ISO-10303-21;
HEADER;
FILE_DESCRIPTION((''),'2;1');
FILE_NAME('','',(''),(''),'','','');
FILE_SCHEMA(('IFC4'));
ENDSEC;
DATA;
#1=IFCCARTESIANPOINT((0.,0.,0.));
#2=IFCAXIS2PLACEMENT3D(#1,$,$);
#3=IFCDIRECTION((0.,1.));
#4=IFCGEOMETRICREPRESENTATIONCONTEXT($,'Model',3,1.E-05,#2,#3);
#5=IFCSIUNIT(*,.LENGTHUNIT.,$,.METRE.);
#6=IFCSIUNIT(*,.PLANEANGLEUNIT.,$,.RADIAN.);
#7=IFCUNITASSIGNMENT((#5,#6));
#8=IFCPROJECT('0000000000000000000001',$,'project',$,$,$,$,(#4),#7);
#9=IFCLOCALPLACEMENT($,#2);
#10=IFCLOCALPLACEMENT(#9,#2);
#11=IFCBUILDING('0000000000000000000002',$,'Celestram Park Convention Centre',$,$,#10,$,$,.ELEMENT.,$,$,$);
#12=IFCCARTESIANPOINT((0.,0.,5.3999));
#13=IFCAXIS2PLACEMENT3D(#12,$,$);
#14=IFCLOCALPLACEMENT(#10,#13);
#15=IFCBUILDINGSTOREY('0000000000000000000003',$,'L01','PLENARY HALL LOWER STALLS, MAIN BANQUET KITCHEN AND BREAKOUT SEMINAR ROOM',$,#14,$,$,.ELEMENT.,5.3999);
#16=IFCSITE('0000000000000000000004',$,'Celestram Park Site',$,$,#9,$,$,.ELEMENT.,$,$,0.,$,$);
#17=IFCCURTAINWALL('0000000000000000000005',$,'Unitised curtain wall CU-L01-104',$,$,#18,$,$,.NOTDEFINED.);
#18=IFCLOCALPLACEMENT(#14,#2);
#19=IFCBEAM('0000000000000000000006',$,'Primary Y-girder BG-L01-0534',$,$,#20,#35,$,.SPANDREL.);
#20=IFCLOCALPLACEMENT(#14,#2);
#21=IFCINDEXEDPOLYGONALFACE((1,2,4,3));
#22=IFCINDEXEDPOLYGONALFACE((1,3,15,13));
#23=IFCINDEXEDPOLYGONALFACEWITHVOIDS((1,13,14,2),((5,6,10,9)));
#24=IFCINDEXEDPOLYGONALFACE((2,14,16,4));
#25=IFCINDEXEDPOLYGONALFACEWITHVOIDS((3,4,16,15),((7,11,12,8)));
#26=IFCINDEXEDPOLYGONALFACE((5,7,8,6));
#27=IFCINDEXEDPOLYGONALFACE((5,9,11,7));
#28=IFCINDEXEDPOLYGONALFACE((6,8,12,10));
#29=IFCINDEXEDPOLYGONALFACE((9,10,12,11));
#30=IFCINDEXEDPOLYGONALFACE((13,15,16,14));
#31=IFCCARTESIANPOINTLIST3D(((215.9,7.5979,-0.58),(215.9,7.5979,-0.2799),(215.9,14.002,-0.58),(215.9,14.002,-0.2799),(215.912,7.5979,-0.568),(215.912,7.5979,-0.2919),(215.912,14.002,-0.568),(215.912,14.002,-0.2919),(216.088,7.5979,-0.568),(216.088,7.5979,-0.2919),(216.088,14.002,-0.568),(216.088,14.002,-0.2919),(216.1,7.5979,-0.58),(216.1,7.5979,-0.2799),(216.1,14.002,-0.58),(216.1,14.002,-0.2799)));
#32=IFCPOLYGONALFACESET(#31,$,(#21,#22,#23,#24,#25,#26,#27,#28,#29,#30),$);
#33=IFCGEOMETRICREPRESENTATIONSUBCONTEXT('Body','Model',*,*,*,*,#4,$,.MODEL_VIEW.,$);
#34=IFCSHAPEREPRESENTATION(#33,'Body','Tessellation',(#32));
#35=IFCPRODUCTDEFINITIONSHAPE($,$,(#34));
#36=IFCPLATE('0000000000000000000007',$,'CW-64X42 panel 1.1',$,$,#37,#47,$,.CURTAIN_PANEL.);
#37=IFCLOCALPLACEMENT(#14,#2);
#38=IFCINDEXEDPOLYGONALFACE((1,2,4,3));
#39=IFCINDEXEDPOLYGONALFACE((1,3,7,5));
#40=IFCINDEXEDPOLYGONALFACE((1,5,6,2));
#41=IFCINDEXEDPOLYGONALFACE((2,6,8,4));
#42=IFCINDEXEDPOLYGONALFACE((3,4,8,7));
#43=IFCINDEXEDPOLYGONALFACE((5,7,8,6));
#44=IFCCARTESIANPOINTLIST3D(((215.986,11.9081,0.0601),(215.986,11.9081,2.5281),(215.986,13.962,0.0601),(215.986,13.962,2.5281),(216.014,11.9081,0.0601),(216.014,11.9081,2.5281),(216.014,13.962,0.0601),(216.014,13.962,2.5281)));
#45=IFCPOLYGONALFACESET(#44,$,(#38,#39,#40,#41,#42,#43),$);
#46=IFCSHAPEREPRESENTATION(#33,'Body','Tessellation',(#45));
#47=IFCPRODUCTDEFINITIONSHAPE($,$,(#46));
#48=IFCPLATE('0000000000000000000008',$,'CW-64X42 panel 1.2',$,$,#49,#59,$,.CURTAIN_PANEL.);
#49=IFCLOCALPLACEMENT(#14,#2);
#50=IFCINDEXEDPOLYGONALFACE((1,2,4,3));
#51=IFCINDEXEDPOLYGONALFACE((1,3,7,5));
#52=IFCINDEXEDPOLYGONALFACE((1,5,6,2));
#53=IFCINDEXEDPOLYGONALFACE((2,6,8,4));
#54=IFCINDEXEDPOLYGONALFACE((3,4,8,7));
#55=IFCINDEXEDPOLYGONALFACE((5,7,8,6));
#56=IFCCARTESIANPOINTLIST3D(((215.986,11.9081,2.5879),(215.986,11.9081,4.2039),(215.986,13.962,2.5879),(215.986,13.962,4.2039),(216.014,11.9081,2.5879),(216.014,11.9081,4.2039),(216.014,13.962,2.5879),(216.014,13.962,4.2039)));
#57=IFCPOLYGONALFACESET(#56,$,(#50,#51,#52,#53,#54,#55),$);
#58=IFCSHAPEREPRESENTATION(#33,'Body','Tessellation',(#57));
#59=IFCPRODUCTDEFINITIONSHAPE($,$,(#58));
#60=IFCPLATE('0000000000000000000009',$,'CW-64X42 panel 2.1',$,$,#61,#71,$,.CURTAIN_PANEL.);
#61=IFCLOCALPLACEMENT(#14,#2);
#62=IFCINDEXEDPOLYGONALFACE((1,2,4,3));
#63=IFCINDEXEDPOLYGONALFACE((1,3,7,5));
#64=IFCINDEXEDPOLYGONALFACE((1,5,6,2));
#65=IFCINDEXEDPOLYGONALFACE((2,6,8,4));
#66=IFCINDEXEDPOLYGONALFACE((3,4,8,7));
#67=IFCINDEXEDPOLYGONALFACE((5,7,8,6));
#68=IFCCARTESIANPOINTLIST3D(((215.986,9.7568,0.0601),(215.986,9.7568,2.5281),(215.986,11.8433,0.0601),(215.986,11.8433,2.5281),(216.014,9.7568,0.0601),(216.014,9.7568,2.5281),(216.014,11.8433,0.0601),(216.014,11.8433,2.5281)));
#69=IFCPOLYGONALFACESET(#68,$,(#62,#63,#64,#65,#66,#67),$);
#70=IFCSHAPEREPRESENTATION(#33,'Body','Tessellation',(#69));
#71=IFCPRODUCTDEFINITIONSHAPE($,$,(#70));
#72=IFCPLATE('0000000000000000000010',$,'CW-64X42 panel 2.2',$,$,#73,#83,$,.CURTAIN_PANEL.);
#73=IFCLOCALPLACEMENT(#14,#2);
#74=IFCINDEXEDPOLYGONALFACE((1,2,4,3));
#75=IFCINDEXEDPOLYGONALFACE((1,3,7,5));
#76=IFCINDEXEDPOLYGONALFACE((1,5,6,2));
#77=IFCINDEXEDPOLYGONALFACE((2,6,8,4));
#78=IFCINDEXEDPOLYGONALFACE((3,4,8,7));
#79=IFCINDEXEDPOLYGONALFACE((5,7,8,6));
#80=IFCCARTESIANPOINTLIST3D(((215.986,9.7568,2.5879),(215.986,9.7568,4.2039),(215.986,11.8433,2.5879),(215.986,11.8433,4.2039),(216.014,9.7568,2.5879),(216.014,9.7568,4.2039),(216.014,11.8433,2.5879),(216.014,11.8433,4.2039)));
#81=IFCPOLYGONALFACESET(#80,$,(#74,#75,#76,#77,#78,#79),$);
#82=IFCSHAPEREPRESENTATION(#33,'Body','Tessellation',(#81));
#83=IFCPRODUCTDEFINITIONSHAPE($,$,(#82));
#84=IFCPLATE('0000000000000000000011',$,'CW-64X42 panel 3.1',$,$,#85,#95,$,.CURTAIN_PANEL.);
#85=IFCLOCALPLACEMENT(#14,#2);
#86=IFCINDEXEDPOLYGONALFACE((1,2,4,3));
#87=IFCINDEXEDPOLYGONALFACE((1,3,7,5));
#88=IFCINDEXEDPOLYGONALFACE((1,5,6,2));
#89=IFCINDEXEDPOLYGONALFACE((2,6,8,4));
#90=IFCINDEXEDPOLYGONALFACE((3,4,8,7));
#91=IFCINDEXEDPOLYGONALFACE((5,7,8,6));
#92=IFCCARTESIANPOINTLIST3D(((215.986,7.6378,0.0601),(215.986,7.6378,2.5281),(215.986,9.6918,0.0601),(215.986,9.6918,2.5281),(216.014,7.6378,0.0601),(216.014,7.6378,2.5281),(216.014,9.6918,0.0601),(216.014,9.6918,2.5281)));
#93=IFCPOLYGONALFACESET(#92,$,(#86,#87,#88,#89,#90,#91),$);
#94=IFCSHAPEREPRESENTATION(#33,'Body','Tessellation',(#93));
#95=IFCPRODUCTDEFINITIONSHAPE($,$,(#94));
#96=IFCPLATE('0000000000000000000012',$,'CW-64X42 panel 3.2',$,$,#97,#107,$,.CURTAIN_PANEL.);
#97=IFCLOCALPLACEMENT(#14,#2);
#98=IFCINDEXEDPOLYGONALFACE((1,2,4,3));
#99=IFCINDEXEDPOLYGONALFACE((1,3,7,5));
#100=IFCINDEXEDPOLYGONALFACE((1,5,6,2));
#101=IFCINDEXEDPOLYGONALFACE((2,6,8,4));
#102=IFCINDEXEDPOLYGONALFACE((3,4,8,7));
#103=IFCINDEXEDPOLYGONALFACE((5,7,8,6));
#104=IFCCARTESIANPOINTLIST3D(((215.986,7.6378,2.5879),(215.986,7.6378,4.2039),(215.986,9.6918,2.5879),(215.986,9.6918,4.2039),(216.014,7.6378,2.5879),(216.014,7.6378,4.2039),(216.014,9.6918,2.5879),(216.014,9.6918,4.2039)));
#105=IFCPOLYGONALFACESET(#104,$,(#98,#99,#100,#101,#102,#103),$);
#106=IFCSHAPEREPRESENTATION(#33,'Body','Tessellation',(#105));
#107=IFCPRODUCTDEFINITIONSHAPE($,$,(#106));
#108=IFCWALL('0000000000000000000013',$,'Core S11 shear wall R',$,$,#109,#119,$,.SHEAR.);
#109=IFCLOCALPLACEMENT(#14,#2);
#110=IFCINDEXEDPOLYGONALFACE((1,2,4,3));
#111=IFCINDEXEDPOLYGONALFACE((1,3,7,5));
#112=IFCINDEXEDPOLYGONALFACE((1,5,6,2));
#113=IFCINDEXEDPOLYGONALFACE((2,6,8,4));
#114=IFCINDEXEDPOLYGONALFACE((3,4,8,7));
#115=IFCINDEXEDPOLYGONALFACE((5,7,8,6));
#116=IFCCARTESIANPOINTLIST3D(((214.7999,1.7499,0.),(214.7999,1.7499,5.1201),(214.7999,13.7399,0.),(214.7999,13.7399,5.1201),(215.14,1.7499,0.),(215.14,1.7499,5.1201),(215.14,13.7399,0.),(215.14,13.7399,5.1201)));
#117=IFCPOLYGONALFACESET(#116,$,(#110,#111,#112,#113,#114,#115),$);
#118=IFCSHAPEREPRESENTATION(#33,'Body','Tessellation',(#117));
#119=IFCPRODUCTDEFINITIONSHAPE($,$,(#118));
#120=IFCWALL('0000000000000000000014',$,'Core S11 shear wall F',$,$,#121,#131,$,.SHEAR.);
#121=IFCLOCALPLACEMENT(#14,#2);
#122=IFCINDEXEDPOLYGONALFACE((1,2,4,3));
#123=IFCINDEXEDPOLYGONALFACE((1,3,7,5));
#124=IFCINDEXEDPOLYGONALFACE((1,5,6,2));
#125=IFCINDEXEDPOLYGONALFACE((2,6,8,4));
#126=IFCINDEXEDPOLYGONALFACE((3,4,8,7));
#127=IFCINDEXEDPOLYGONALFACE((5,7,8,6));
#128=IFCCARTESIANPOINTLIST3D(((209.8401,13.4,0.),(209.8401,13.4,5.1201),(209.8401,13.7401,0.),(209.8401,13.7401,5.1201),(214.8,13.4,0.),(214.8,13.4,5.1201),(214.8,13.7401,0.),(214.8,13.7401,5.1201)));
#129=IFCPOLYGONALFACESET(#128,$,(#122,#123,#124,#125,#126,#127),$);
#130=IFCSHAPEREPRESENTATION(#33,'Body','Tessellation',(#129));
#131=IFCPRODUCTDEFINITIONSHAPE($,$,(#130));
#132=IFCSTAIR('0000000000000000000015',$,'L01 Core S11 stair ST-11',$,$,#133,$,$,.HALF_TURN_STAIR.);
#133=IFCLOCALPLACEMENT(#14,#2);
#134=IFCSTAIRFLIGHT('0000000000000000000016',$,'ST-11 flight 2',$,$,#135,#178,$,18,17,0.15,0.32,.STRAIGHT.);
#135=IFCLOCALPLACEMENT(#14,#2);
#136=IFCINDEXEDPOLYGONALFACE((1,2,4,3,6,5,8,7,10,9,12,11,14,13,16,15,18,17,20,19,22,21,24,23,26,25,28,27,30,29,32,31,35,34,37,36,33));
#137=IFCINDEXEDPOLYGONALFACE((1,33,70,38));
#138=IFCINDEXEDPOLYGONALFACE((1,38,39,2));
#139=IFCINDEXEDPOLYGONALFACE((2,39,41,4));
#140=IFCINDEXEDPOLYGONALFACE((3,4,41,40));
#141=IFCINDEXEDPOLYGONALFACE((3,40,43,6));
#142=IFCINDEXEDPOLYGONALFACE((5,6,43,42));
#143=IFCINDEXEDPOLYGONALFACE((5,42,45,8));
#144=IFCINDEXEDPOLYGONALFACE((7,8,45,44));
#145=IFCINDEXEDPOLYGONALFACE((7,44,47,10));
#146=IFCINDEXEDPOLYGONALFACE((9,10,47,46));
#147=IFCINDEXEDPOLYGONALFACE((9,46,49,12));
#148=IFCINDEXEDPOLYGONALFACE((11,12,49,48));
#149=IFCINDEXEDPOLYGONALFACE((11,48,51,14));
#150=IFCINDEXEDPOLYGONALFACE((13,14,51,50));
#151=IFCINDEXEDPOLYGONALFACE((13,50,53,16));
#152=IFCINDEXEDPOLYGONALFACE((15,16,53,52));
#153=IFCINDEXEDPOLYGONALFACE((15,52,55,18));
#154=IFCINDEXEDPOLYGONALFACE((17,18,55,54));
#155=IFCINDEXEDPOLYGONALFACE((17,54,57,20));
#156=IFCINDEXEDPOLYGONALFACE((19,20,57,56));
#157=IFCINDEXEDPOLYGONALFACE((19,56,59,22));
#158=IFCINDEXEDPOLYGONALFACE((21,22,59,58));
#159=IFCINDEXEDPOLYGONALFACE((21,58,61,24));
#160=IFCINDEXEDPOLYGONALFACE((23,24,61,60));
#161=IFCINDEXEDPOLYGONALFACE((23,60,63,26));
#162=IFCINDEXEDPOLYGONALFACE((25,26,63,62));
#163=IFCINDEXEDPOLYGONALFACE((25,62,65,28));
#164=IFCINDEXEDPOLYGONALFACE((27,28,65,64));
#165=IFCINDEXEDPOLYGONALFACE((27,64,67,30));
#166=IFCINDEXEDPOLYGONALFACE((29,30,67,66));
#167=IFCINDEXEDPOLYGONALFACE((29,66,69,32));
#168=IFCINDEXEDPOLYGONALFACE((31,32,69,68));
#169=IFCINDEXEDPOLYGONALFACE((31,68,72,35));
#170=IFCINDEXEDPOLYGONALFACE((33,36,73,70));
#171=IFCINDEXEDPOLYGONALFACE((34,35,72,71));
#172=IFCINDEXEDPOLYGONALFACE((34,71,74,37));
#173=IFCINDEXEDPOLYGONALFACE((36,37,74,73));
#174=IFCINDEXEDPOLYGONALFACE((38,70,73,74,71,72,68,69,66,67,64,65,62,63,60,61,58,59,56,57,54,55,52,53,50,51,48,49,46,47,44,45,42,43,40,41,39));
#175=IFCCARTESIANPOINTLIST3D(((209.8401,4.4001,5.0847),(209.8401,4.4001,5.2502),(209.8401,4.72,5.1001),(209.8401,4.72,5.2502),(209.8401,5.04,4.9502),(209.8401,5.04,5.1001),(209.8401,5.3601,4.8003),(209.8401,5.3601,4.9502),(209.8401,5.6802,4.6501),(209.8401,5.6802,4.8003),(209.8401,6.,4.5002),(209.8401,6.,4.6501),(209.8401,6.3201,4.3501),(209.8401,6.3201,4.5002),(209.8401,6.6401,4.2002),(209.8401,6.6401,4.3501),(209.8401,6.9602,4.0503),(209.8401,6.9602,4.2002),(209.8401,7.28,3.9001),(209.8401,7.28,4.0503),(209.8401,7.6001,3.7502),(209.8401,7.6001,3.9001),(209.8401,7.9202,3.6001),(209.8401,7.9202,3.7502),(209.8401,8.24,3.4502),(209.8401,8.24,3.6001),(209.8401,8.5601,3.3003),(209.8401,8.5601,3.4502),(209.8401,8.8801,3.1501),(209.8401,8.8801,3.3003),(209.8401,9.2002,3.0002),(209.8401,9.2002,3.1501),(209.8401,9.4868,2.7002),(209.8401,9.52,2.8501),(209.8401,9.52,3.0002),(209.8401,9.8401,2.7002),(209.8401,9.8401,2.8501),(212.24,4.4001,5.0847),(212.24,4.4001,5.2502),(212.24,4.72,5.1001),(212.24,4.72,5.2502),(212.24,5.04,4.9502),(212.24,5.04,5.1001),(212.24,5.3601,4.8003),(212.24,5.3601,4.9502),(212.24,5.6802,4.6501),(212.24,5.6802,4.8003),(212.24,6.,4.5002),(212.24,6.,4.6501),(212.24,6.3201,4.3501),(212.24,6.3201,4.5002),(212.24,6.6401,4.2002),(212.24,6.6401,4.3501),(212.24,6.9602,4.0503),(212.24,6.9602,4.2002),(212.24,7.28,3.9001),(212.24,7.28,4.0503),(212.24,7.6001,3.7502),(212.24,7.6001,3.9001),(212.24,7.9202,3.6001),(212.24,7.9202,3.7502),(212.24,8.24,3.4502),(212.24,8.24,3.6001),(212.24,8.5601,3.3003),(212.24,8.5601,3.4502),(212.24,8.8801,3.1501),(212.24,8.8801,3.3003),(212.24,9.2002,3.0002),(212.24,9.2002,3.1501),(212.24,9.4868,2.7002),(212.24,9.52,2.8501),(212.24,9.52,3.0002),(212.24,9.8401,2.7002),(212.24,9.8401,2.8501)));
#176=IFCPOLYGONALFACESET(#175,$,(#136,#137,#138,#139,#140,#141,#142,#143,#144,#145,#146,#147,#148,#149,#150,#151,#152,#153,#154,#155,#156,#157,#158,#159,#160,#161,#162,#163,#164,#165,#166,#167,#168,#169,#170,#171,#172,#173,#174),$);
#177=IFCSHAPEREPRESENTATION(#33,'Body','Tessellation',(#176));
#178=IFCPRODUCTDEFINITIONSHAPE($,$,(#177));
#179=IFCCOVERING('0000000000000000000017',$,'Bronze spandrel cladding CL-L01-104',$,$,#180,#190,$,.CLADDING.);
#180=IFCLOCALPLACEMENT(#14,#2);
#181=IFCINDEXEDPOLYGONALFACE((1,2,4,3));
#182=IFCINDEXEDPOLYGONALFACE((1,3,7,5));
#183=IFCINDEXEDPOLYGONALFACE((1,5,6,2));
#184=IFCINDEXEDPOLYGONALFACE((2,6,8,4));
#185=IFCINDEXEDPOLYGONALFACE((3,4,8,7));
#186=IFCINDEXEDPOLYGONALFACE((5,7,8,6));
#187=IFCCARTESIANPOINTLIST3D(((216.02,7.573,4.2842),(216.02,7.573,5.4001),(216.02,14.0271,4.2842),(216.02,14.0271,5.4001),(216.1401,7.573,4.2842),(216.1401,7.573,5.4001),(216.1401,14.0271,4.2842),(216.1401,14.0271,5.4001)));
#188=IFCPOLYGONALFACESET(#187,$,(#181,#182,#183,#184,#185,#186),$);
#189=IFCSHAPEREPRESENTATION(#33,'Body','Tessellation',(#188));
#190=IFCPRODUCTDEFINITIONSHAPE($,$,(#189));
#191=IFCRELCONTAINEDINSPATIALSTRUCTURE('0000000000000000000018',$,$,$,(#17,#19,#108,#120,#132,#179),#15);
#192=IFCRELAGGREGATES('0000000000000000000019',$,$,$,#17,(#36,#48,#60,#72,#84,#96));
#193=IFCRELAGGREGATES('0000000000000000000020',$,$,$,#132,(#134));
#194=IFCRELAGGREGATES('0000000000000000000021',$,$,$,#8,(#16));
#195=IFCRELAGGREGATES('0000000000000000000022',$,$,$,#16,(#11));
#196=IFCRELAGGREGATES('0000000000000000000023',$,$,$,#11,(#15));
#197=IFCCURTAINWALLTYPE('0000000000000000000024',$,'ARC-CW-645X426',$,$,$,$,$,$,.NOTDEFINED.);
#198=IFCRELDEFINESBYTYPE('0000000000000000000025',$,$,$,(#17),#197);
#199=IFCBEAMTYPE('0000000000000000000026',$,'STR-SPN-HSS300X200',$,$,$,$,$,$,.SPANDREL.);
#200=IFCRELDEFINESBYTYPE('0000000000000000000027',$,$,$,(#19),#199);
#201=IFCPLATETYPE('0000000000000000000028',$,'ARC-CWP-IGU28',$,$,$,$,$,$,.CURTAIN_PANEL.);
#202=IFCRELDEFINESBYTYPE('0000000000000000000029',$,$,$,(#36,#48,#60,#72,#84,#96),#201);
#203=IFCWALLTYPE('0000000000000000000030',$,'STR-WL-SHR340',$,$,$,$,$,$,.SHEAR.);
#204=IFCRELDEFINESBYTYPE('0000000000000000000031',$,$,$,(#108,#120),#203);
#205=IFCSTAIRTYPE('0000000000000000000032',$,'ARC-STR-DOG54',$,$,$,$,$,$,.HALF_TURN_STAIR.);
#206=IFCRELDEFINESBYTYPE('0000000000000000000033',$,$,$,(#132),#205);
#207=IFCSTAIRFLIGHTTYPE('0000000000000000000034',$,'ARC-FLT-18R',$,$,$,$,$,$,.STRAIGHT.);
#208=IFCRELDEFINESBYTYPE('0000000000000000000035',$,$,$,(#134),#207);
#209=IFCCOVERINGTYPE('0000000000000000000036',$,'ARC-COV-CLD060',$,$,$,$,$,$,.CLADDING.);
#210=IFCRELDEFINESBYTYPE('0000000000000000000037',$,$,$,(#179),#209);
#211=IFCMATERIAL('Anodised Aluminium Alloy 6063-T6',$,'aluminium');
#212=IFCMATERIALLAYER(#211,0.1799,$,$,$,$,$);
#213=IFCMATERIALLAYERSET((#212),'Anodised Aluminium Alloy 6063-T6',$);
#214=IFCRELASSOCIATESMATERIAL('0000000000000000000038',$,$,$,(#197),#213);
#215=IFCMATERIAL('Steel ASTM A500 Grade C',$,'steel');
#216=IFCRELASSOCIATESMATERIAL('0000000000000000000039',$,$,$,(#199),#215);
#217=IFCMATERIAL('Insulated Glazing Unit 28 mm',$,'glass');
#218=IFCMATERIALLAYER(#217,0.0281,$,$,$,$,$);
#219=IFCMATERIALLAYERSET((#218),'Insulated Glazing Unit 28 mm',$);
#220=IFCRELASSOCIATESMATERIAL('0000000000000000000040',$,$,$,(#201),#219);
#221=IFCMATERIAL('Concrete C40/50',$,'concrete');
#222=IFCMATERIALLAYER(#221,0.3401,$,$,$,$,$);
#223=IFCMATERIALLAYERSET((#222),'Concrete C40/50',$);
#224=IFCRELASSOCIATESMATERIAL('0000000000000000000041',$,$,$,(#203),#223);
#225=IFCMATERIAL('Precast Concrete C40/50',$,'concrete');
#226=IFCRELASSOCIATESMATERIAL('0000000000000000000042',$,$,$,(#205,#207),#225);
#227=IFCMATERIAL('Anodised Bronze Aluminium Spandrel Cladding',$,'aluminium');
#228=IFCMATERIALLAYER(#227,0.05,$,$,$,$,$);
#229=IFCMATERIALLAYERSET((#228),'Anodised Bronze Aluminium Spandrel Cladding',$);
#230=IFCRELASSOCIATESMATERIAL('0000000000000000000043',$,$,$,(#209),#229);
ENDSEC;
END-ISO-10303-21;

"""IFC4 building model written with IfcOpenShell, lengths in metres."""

from ifc_helpers import new_model, si_unit, direction, frame, frame_2d, origin, origin_2d, place, context, subcontext, project, spatial, polyline, rectangle, hollow_rectangle, outline, extrude, material, layer, layer_set, material_profile, profile_set, type_object, element, aggregate, save


model = new_model("IFC4")

# Units and contexts
model_context = context("Model", 3, precision=1e-05, world=origin(), true_north=direction((0.0, 1.0)))
body_context = subcontext(model_context, "Body", "Model", "MODEL_VIEW")
ifc_project = project(units=[si_unit("LENGTHUNIT", "METRE"), si_unit("PLANEANGLEUNIT", "RADIAN")], contexts=[model_context])

# Site, building, storey
site_placement = place(None, origin())
site = spatial("IfcSite", under=ifc_project, at=site_placement, Name="Celestram Park Site", CompositionType="ELEMENT", RefElevation=0.0)
building_placement = place(site_placement, origin())
building = spatial("IfcBuilding", under=site, at=building_placement, Name="Celestram Park Convention Centre", CompositionType="ELEMENT")
storey_placement = place(building_placement, frame((0.0, 0.0, 5.3999)))
storey = spatial("IfcBuildingStorey", under=building, at=storey_placement, Name="L01", Description="PLENARY HALL LOWER STALLS, MAIN BANQUET KITCHEN AND BREAKOUT SEMINAR ROOM", CompositionType="ELEMENT", Elevation=5.3999)

# Shared definitions
ifc_material_1 = material(Name="Concrete C40/50", Category="concrete")

# Curtain wall
ifc_material_2 = material(Name="Anodised Aluminium Alloy 6063-T6", Category="aluminium")
ifc_layer_1 = layer(ifc_material_2, 0.1799)
ifc_layer_set_1 = layer_set([ifc_layer_1], Name="Anodised Aluminium Alloy 6063-T6")
curtain_wall_type_1 = type_object("IfcCurtainWallType", Name="ARC-CW-645X426", PredefinedType="NOTDEFINED", material=ifc_layer_set_1)
curtain_wall_1_placement = place(storey_placement, origin())
curtain_wall_1 = element("IfcCurtainWall", 1, at=curtain_wall_1_placement, inside=storey, type_object=curtain_wall_type_1, Name="Unitised curtain wall CU-L01-104", PredefinedType="NOTDEFINED")

# Beam
ifc_material_3 = material(Name="Steel ASTM A500 Grade C", Category="steel")
ifc_material_profile_1 = material_profile(ifc_material_3, hollow_rectangle(XDim=0.2, YDim=0.3, WallThickness=0.012, at=origin_2d()), Name="HSS300X200X12")
ifc_profile_set_1 = profile_set([ifc_material_profile_1], Name="Steel ASTM A500 Grade C")
beam_type = type_object("IfcBeamType", Name="STR-SPN-HSS300X200", PredefinedType="SPANDREL", material=ifc_profile_set_1)
beam_placement = place(storey_placement, frame((216.0, 7.5979, -0.4299), z_axis=(0.0, 1.0, 0.0), x_axis=(-1.0, 0.0, 0.0)))
element("IfcBeam", 2, at=beam_placement, inside=storey, type_object=beam_type, Name="Primary Y-girder BG-L01-0534", PredefinedType="SPANDREL", context=body_context, shape_type="SweptSolid", body=[
    extrude(hollow_rectangle(XDim=0.2, YDim=0.3, WallThickness=0.012, at=origin_2d()), origin(), (0.0, 0.0, 1.0), 6.4041),
])

# Plates
ifc_material_4 = material(Name="Insulated Glazing Unit 28 mm", Category="glass")
ifc_layer_2 = layer(ifc_material_4, 0.0281)
ifc_layer_set_2 = layer_set([ifc_layer_2], Name="Insulated Glazing Unit 28 mm")
plate_type = type_object("IfcPlateType", Name="ARC-CWP-IGU28", PredefinedType="CURTAIN_PANEL", material=ifc_layer_set_2)
plate_1_placement = place(storey_placement, frame((216.0, 12.9351, 0.0601), z_axis=(0.0, 0.0, 1.0), x_axis=(0.0, -1.0, 0.0)))
plate_1 = element("IfcPlate", 3, at=plate_1_placement, type_object=plate_type, Name="CW-64X42 panel 1.1", PredefinedType="CURTAIN_PANEL", context=body_context, shape_type="SweptSolid", body=[
    extrude(rectangle(XDim=2.054, YDim=0.0281, at=origin_2d()), origin(), (0.0, 0.0, 1.0), 2.468),
])
plate_2_placement = place(storey_placement, frame((216.0, 12.9351, 2.5879), z_axis=(0.0, 0.0, 1.0), x_axis=(0.0, -1.0, 0.0)))
plate_2 = element("IfcPlate", 4, at=plate_2_placement, type_object=plate_type, Name="CW-64X42 panel 1.2", PredefinedType="CURTAIN_PANEL", context=body_context, shape_type="SweptSolid", body=[
    extrude(rectangle(XDim=2.054, YDim=0.0281, at=origin_2d()), origin(), (0.0, 0.0, 1.0), 1.616),
])
plate_3_placement = place(storey_placement, frame((216.0, 10.8, 0.0601), z_axis=(0.0, 0.0, 1.0), x_axis=(0.0, -1.0, 0.0)))
plate_3 = element("IfcPlate", 5, at=plate_3_placement, type_object=plate_type, Name="CW-64X42 panel 2.1", PredefinedType="CURTAIN_PANEL", context=body_context, shape_type="SweptSolid", body=[
    extrude(rectangle(XDim=2.0864, YDim=0.0281, at=origin_2d()), origin(), (0.0, 0.0, 1.0), 2.468),
])
plate_4_placement = place(storey_placement, frame((216.0, 10.8, 2.5879), z_axis=(0.0, 0.0, 1.0), x_axis=(0.0, -1.0, 0.0)))
plate_4 = element("IfcPlate", 6, at=plate_4_placement, type_object=plate_type, Name="CW-64X42 panel 2.2", PredefinedType="CURTAIN_PANEL", context=body_context, shape_type="SweptSolid", body=[
    extrude(rectangle(XDim=2.0864, YDim=0.0281, at=origin_2d()), origin(), (0.0, 0.0, 1.0), 1.616),
])
plate_5_placement = place(storey_placement, frame((216.0, 8.6648, 0.0601), z_axis=(0.0, 0.0, 1.0), x_axis=(0.0, -1.0, 0.0)))
plate_5 = element("IfcPlate", 7, at=plate_5_placement, type_object=plate_type, Name="CW-64X42 panel 3.1", PredefinedType="CURTAIN_PANEL", context=body_context, shape_type="SweptSolid", body=[
    extrude(rectangle(XDim=2.054, YDim=0.0281, at=origin_2d()), origin(), (0.0, 0.0, 1.0), 2.468),
])
plate_6_placement = place(storey_placement, frame((216.0, 8.6648, 2.5879), z_axis=(0.0, 0.0, 1.0), x_axis=(0.0, -1.0, 0.0)))
plate_6 = element("IfcPlate", 8, at=plate_6_placement, type_object=plate_type, Name="CW-64X42 panel 3.2", PredefinedType="CURTAIN_PANEL", context=body_context, shape_type="SweptSolid", body=[
    extrude(rectangle(XDim=2.054, YDim=0.0281, at=origin_2d()), origin(), (0.0, 0.0, 1.0), 1.616),
])
aggregate(curtain_wall_1, [plate_1, plate_2, plate_3, plate_4, plate_5, plate_6])

# Walls
ifc_layer_3 = layer(ifc_material_1, 0.3401)
ifc_layer_set_3 = layer_set([ifc_layer_3], Name="Concrete C40/50")
wall_type = type_object("IfcWallType", Name="STR-WL-SHR340", PredefinedType="SHEAR", material=ifc_layer_set_3)
wall_1_placement = place(storey_placement, frame((214.97, 13.74, 0.0), z_axis=(0.0, 0.0, 1.0), x_axis=(0.0, -1.0, 0.0)))
element("IfcWall", 9, at=wall_1_placement, inside=storey, type_object=wall_type, Name="Core S11 shear wall R", PredefinedType="SHEAR", context=body_context, shape_type="SweptSolid", body=[
    extrude(rectangle(XDim=11.99, YDim=0.3401, at=frame_2d((5.9951, 0.0))), origin(), (0.0, 0.0, 1.0), 5.1201),
])
wall_2_placement = place(storey_placement, frame((209.8401, 13.5701, 0.0), z_axis=(0.0, 0.0, 1.0), x_axis=(1.0, 0.0, 0.0)))
element("IfcWall", 10, at=wall_2_placement, inside=storey, type_object=wall_type, Name="Core S11 shear wall F", PredefinedType="SHEAR", context=body_context, shape_type="SweptSolid", body=[
    extrude(rectangle(XDim=4.96, YDim=0.3401, at=frame_2d((2.48, 0.0))), origin(), (0.0, 0.0, 1.0), 5.1201),
])

# Stair, stair flight
ifc_material_5 = material(Name="Precast Concrete C40/50", Category="concrete")
stair_type = type_object("IfcStairType", Name="ARC-STR-DOG54", PredefinedType="HALF_TURN_STAIR", material=ifc_material_5)
stair_placement = place(storey_placement, origin())
stair = element("IfcStair", 11, at=stair_placement, inside=storey, type_object=stair_type, Name="L01 Core S11 stair ST-11", PredefinedType="HALF_TURN_STAIR")
stair_flight_type = type_object("IfcStairFlightType", Name="ARC-FLT-18R", PredefinedType="STRAIGHT", material=ifc_material_5)
stair_flight_placement = place(storey_placement, frame((211.04, 9.8401, 2.7002), z_axis=(0.0, 0.0, 1.0), x_axis=(0.0, -1.0, 0.0)))
stair_flight = element("IfcStairFlight", 12, at=stair_flight_placement, type_object=stair_flight_type, Name="ST-11 flight 2", NumberOfRisers=18, NumberOfTreads=17, PredefinedType="STRAIGHT", RiserHeight=0.15, TreadLength=0.32, context=body_context, shape_type="SweptSolid", body=[
    extrude(outline(polyline([(0.0, 0.0), (0.0, 0.1499), (0.3201, 0.1499), (0.3201, 0.3), (0.6399, 0.3), (0.6399, 0.45), (0.96, 0.45), (0.96, 0.6001), (1.28, 0.6001), (1.28, 0.75), (1.6001, 0.75), (1.6001, 0.8999), (1.9199, 0.8999), (1.9199, 1.05), (2.24, 1.05), (2.24, 1.2), (2.5601, 1.2), (2.5601, 1.3501), (2.8799, 1.3501), (2.8799, 1.5), (3.2, 1.5), (3.2, 1.6499), (3.52, 1.6499), (3.52, 1.8), (3.8401, 1.8), (3.8401, 1.95), (4.1599, 1.95), (4.1599, 2.1001), (4.48, 2.1001), (4.48, 2.25), (4.8, 2.25), (4.8, 2.3999), (5.1201, 2.3999), (5.1201, 2.55), (5.4399, 2.55), (5.4399, 2.7), (5.4399, 2.3845), (0.3533, 0.0), (0.0, 0.0)])), frame((0.0, 1.2, 0.0), z_axis=(0.0, -1.0, 0.0), x_axis=(1.0, 0.0, 0.0)), (0.0, 0.0, 1.0), 2.3999),
])
aggregate(stair, [stair_flight])

# Covering
ifc_material_6 = material(Name="Anodised Bronze Aluminium Spandrel Cladding", Category="aluminium")
ifc_layer_4 = layer(ifc_material_6, 0.05)
ifc_layer_set_4 = layer_set([ifc_layer_4], Name="Anodised Bronze Aluminium Spandrel Cladding")
covering_type_1 = type_object("IfcCoveringType", Name="ARC-COV-CLD060", PredefinedType="CLADDING", material=ifc_layer_set_4)
covering_1_placement = place(storey_placement, frame((216.0801, 10.8, 4.2842), z_axis=(0.0, 0.0, 1.0), x_axis=(0.0, -1.0, 0.0)))
element("IfcCovering", 13, at=covering_1_placement, inside=storey, type_object=covering_type_1, Name="Bronze spandrel cladding CL-L01-104", PredefinedType="CLADDING", context=body_context, shape_type="SweptSolid", body=[
    extrude(rectangle(XDim=6.4541, YDim=0.1201, at=origin_2d()), origin(), (0.0, 0.0, 1.0), 1.116),
])

save(model, "model.ifc")
